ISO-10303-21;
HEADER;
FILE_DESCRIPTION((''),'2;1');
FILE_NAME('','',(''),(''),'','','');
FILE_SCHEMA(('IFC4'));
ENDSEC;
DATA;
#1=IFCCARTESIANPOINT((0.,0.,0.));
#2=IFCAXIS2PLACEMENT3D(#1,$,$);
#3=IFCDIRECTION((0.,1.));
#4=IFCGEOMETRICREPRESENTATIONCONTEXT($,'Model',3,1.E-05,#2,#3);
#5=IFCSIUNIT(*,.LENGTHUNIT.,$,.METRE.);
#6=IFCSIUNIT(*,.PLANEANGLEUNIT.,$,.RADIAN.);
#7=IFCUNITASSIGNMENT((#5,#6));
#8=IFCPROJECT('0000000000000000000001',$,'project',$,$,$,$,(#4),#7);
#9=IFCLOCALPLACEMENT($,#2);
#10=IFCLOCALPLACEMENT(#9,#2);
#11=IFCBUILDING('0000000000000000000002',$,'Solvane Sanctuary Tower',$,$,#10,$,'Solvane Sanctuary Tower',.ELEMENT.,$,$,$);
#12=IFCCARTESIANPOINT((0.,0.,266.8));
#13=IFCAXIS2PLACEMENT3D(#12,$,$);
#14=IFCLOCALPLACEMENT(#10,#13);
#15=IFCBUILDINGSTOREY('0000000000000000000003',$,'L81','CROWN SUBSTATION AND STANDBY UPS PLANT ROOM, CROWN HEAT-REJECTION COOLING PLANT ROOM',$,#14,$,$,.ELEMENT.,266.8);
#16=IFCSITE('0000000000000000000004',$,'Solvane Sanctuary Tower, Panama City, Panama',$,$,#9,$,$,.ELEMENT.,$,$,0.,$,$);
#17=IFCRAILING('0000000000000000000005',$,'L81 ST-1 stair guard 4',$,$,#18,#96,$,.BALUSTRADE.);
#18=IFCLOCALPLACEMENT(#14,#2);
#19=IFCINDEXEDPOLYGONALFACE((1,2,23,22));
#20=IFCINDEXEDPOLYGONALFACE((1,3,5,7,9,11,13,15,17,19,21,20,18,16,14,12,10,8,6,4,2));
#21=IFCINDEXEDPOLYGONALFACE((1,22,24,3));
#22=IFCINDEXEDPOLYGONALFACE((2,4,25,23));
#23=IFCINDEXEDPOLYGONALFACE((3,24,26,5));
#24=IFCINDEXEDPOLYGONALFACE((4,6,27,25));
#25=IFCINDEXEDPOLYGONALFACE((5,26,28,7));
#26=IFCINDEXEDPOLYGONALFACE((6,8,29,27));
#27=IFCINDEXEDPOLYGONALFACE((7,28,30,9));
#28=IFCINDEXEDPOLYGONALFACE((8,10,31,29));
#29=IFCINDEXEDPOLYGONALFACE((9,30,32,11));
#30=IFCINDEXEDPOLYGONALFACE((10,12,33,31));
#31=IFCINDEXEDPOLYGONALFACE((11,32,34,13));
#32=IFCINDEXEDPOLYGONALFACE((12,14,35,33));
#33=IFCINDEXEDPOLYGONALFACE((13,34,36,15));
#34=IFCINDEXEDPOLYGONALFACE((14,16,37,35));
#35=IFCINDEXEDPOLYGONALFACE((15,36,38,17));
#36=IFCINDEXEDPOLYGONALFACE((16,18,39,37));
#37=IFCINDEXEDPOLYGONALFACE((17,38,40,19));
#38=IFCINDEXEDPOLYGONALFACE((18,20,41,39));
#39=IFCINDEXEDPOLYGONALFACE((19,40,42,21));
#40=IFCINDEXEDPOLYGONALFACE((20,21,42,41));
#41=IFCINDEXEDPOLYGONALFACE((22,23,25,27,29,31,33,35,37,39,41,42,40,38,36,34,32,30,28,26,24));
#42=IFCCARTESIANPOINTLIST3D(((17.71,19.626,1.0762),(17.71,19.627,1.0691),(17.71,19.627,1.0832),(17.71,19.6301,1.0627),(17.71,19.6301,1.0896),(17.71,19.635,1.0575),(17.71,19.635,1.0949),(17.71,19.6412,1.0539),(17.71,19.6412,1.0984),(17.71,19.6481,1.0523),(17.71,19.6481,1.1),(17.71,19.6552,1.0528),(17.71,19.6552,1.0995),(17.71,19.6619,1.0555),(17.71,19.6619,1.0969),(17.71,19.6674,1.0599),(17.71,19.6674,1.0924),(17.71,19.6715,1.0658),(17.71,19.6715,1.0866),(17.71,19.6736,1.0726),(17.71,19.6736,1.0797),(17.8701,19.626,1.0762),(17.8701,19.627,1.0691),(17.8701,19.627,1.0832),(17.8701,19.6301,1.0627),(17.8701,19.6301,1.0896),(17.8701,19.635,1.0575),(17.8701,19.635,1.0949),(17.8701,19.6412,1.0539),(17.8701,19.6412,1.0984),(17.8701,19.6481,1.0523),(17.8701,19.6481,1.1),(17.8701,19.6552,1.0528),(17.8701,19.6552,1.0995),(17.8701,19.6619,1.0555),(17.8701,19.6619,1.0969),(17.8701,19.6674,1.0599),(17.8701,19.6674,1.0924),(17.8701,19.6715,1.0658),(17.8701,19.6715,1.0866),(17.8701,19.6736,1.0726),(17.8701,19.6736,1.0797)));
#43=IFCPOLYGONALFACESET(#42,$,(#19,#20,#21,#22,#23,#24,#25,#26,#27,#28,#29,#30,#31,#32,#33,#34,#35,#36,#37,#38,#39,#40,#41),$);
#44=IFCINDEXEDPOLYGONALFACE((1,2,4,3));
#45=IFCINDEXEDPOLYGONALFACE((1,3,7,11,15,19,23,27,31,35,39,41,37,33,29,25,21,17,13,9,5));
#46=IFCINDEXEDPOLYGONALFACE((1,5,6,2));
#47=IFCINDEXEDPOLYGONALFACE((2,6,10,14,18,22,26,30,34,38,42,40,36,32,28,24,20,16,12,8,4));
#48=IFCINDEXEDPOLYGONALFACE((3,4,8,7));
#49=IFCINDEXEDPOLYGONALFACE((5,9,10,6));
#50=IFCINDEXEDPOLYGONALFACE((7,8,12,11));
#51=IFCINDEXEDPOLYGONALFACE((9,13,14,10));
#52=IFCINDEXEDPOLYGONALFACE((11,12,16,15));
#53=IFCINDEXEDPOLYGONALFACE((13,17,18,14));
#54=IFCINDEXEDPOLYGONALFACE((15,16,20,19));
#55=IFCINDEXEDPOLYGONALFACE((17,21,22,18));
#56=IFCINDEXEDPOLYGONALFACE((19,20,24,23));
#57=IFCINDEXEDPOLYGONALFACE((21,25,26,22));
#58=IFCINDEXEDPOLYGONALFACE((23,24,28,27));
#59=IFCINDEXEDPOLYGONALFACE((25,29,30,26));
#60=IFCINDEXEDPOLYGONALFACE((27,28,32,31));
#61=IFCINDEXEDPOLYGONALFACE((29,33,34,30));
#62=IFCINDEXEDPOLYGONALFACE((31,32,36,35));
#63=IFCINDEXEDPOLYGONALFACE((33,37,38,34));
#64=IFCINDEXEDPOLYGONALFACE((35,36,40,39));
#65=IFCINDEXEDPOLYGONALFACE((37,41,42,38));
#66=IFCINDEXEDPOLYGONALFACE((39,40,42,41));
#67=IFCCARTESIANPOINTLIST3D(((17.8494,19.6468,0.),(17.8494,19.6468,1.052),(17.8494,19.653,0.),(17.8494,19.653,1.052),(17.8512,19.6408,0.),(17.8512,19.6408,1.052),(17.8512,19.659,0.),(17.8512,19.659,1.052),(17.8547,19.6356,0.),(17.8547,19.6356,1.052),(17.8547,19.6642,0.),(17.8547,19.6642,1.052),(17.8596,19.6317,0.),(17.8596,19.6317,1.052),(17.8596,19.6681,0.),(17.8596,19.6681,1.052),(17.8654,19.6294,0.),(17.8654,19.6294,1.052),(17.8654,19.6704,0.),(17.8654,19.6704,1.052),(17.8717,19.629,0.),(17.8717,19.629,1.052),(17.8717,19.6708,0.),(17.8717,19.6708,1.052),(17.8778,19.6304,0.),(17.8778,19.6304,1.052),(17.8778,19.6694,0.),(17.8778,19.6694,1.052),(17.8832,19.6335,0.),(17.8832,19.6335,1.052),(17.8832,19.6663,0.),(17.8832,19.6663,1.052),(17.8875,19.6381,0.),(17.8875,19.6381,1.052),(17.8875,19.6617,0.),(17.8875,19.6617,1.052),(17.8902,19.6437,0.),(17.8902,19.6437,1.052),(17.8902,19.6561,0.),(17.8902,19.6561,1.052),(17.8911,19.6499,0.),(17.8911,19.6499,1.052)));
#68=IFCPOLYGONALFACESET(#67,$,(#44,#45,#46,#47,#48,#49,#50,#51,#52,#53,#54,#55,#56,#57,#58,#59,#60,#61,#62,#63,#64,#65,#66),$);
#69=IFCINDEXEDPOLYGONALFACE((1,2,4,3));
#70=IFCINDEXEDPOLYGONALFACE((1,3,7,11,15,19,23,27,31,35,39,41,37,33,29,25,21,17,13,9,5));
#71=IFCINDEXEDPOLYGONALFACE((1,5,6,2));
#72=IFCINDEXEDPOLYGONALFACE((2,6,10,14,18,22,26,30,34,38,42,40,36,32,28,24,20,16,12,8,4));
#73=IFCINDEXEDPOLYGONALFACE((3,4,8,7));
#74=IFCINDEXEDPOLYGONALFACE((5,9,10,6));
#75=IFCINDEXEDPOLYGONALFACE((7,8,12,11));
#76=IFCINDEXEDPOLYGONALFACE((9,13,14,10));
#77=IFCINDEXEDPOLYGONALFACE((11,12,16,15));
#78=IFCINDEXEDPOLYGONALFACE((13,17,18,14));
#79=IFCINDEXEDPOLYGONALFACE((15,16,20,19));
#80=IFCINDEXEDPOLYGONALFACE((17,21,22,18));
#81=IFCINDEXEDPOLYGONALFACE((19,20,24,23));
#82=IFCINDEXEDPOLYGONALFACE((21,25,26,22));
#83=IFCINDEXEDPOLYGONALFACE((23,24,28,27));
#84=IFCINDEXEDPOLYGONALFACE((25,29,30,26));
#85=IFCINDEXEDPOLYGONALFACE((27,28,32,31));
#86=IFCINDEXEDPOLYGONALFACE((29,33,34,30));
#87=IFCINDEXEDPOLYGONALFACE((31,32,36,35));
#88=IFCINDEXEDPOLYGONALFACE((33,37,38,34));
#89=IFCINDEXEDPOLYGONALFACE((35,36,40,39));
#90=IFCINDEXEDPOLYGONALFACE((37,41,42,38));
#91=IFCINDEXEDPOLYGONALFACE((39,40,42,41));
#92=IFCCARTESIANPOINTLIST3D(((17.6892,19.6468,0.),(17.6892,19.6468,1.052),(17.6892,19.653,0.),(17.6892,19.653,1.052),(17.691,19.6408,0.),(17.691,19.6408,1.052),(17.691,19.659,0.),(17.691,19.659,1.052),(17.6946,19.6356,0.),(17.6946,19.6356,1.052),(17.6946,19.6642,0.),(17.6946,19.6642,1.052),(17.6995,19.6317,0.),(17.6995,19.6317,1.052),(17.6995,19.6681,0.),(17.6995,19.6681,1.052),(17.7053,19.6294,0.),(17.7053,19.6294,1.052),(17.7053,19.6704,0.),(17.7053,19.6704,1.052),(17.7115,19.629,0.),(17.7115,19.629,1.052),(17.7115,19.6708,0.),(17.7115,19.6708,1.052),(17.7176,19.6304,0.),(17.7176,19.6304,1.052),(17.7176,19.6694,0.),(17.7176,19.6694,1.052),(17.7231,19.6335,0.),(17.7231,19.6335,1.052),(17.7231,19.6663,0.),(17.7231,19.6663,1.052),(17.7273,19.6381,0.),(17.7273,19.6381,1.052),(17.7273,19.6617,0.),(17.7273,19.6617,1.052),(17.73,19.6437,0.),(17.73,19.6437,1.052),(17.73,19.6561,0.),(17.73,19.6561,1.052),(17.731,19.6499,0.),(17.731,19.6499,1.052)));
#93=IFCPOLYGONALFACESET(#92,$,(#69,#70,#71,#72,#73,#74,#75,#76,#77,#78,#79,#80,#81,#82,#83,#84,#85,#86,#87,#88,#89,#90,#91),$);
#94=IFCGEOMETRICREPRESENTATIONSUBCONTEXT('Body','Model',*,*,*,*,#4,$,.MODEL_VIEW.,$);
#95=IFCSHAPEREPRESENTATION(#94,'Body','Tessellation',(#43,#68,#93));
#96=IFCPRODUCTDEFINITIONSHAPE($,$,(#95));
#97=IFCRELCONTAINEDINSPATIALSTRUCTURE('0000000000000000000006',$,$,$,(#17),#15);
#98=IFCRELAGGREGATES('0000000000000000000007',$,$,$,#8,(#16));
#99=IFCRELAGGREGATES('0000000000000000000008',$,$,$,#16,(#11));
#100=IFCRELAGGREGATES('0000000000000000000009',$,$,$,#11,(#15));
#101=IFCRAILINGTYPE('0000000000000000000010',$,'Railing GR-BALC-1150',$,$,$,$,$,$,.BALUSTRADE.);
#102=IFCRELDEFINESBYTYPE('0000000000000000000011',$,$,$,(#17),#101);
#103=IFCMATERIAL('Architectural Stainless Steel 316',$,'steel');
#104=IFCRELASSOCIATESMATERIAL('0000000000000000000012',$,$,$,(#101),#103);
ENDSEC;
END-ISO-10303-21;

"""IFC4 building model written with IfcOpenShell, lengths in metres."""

from ifc_helpers import new_model, si_unit, direction, frame, origin, origin_2d, place, context, subcontext, project, spatial, circle, extrude, material, type_object, element, save


model = new_model("IFC4")

# Units and contexts
model_context = context("Model", 3, precision=1e-05, world=origin(), true_north=direction((0.0, 1.0)))
body_context = subcontext(model_context, "Body", "Model", "MODEL_VIEW")
ifc_project = project(units=[si_unit("LENGTHUNIT", "METRE"), si_unit("PLANEANGLEUNIT", "RADIAN")], contexts=[model_context])

# Site, building, storey
site_placement = place(None, origin())
site = spatial("IfcSite", under=ifc_project, at=site_placement, Name="Solvane Sanctuary Tower, Panama City, Panama", CompositionType="ELEMENT", RefElevation=0.0)
building_placement = place(site_placement, origin())
building = spatial("IfcBuilding", under=site, at=building_placement, Name="Solvane Sanctuary Tower", LongName="Solvane Sanctuary Tower", CompositionType="ELEMENT")
storey_placement = place(building_placement, frame((0.0, 0.0, 266.8)))
storey = spatial("IfcBuildingStorey", under=building, at=storey_placement, Name="L81", Description="CROWN SUBSTATION AND STANDBY UPS PLANT ROOM, CROWN HEAT-REJECTION COOLING PLANT ROOM", CompositionType="ELEMENT", Elevation=266.8)

# Shared definitions
ifc_material_1 = material(Name="Architectural Stainless Steel 316", Category="steel")

# Railing
railing_type_1 = type_object("IfcRailingType", Name="Railing GR-BALC-1150", PredefinedType="BALUSTRADE", material=ifc_material_1)
railing_1_placement = place(storey_placement, frame((17.8701, 19.6499, 0.0)))
element("IfcRailing", 1, at=railing_1_placement, inside=storey, type_object=railing_type_1, Name="L81 ST-1 stair guard 4", PredefinedType="BALUSTRADE", context=body_context, shape_type="SweptSolid", body=[
    extrude(circle(Radius=0.0239, at=origin_2d()), frame((0.0, 0.0, 1.0762), z_axis=(-1.0, 0.0, 0.0), x_axis=(0.0, -1.0, 0.0)), (0.0, 0.0, 1.0), 0.1602),
    extrude(circle(Radius=0.021, at=origin_2d()), origin(), (0.0, 0.0, 1.0), 1.052),
    extrude(circle(Radius=0.021, at=origin_2d()), frame((-0.1602, 0.0, 0.0)), (0.0, 0.0, 1.0), 1.052),
])

save(model, "model.ifc")
